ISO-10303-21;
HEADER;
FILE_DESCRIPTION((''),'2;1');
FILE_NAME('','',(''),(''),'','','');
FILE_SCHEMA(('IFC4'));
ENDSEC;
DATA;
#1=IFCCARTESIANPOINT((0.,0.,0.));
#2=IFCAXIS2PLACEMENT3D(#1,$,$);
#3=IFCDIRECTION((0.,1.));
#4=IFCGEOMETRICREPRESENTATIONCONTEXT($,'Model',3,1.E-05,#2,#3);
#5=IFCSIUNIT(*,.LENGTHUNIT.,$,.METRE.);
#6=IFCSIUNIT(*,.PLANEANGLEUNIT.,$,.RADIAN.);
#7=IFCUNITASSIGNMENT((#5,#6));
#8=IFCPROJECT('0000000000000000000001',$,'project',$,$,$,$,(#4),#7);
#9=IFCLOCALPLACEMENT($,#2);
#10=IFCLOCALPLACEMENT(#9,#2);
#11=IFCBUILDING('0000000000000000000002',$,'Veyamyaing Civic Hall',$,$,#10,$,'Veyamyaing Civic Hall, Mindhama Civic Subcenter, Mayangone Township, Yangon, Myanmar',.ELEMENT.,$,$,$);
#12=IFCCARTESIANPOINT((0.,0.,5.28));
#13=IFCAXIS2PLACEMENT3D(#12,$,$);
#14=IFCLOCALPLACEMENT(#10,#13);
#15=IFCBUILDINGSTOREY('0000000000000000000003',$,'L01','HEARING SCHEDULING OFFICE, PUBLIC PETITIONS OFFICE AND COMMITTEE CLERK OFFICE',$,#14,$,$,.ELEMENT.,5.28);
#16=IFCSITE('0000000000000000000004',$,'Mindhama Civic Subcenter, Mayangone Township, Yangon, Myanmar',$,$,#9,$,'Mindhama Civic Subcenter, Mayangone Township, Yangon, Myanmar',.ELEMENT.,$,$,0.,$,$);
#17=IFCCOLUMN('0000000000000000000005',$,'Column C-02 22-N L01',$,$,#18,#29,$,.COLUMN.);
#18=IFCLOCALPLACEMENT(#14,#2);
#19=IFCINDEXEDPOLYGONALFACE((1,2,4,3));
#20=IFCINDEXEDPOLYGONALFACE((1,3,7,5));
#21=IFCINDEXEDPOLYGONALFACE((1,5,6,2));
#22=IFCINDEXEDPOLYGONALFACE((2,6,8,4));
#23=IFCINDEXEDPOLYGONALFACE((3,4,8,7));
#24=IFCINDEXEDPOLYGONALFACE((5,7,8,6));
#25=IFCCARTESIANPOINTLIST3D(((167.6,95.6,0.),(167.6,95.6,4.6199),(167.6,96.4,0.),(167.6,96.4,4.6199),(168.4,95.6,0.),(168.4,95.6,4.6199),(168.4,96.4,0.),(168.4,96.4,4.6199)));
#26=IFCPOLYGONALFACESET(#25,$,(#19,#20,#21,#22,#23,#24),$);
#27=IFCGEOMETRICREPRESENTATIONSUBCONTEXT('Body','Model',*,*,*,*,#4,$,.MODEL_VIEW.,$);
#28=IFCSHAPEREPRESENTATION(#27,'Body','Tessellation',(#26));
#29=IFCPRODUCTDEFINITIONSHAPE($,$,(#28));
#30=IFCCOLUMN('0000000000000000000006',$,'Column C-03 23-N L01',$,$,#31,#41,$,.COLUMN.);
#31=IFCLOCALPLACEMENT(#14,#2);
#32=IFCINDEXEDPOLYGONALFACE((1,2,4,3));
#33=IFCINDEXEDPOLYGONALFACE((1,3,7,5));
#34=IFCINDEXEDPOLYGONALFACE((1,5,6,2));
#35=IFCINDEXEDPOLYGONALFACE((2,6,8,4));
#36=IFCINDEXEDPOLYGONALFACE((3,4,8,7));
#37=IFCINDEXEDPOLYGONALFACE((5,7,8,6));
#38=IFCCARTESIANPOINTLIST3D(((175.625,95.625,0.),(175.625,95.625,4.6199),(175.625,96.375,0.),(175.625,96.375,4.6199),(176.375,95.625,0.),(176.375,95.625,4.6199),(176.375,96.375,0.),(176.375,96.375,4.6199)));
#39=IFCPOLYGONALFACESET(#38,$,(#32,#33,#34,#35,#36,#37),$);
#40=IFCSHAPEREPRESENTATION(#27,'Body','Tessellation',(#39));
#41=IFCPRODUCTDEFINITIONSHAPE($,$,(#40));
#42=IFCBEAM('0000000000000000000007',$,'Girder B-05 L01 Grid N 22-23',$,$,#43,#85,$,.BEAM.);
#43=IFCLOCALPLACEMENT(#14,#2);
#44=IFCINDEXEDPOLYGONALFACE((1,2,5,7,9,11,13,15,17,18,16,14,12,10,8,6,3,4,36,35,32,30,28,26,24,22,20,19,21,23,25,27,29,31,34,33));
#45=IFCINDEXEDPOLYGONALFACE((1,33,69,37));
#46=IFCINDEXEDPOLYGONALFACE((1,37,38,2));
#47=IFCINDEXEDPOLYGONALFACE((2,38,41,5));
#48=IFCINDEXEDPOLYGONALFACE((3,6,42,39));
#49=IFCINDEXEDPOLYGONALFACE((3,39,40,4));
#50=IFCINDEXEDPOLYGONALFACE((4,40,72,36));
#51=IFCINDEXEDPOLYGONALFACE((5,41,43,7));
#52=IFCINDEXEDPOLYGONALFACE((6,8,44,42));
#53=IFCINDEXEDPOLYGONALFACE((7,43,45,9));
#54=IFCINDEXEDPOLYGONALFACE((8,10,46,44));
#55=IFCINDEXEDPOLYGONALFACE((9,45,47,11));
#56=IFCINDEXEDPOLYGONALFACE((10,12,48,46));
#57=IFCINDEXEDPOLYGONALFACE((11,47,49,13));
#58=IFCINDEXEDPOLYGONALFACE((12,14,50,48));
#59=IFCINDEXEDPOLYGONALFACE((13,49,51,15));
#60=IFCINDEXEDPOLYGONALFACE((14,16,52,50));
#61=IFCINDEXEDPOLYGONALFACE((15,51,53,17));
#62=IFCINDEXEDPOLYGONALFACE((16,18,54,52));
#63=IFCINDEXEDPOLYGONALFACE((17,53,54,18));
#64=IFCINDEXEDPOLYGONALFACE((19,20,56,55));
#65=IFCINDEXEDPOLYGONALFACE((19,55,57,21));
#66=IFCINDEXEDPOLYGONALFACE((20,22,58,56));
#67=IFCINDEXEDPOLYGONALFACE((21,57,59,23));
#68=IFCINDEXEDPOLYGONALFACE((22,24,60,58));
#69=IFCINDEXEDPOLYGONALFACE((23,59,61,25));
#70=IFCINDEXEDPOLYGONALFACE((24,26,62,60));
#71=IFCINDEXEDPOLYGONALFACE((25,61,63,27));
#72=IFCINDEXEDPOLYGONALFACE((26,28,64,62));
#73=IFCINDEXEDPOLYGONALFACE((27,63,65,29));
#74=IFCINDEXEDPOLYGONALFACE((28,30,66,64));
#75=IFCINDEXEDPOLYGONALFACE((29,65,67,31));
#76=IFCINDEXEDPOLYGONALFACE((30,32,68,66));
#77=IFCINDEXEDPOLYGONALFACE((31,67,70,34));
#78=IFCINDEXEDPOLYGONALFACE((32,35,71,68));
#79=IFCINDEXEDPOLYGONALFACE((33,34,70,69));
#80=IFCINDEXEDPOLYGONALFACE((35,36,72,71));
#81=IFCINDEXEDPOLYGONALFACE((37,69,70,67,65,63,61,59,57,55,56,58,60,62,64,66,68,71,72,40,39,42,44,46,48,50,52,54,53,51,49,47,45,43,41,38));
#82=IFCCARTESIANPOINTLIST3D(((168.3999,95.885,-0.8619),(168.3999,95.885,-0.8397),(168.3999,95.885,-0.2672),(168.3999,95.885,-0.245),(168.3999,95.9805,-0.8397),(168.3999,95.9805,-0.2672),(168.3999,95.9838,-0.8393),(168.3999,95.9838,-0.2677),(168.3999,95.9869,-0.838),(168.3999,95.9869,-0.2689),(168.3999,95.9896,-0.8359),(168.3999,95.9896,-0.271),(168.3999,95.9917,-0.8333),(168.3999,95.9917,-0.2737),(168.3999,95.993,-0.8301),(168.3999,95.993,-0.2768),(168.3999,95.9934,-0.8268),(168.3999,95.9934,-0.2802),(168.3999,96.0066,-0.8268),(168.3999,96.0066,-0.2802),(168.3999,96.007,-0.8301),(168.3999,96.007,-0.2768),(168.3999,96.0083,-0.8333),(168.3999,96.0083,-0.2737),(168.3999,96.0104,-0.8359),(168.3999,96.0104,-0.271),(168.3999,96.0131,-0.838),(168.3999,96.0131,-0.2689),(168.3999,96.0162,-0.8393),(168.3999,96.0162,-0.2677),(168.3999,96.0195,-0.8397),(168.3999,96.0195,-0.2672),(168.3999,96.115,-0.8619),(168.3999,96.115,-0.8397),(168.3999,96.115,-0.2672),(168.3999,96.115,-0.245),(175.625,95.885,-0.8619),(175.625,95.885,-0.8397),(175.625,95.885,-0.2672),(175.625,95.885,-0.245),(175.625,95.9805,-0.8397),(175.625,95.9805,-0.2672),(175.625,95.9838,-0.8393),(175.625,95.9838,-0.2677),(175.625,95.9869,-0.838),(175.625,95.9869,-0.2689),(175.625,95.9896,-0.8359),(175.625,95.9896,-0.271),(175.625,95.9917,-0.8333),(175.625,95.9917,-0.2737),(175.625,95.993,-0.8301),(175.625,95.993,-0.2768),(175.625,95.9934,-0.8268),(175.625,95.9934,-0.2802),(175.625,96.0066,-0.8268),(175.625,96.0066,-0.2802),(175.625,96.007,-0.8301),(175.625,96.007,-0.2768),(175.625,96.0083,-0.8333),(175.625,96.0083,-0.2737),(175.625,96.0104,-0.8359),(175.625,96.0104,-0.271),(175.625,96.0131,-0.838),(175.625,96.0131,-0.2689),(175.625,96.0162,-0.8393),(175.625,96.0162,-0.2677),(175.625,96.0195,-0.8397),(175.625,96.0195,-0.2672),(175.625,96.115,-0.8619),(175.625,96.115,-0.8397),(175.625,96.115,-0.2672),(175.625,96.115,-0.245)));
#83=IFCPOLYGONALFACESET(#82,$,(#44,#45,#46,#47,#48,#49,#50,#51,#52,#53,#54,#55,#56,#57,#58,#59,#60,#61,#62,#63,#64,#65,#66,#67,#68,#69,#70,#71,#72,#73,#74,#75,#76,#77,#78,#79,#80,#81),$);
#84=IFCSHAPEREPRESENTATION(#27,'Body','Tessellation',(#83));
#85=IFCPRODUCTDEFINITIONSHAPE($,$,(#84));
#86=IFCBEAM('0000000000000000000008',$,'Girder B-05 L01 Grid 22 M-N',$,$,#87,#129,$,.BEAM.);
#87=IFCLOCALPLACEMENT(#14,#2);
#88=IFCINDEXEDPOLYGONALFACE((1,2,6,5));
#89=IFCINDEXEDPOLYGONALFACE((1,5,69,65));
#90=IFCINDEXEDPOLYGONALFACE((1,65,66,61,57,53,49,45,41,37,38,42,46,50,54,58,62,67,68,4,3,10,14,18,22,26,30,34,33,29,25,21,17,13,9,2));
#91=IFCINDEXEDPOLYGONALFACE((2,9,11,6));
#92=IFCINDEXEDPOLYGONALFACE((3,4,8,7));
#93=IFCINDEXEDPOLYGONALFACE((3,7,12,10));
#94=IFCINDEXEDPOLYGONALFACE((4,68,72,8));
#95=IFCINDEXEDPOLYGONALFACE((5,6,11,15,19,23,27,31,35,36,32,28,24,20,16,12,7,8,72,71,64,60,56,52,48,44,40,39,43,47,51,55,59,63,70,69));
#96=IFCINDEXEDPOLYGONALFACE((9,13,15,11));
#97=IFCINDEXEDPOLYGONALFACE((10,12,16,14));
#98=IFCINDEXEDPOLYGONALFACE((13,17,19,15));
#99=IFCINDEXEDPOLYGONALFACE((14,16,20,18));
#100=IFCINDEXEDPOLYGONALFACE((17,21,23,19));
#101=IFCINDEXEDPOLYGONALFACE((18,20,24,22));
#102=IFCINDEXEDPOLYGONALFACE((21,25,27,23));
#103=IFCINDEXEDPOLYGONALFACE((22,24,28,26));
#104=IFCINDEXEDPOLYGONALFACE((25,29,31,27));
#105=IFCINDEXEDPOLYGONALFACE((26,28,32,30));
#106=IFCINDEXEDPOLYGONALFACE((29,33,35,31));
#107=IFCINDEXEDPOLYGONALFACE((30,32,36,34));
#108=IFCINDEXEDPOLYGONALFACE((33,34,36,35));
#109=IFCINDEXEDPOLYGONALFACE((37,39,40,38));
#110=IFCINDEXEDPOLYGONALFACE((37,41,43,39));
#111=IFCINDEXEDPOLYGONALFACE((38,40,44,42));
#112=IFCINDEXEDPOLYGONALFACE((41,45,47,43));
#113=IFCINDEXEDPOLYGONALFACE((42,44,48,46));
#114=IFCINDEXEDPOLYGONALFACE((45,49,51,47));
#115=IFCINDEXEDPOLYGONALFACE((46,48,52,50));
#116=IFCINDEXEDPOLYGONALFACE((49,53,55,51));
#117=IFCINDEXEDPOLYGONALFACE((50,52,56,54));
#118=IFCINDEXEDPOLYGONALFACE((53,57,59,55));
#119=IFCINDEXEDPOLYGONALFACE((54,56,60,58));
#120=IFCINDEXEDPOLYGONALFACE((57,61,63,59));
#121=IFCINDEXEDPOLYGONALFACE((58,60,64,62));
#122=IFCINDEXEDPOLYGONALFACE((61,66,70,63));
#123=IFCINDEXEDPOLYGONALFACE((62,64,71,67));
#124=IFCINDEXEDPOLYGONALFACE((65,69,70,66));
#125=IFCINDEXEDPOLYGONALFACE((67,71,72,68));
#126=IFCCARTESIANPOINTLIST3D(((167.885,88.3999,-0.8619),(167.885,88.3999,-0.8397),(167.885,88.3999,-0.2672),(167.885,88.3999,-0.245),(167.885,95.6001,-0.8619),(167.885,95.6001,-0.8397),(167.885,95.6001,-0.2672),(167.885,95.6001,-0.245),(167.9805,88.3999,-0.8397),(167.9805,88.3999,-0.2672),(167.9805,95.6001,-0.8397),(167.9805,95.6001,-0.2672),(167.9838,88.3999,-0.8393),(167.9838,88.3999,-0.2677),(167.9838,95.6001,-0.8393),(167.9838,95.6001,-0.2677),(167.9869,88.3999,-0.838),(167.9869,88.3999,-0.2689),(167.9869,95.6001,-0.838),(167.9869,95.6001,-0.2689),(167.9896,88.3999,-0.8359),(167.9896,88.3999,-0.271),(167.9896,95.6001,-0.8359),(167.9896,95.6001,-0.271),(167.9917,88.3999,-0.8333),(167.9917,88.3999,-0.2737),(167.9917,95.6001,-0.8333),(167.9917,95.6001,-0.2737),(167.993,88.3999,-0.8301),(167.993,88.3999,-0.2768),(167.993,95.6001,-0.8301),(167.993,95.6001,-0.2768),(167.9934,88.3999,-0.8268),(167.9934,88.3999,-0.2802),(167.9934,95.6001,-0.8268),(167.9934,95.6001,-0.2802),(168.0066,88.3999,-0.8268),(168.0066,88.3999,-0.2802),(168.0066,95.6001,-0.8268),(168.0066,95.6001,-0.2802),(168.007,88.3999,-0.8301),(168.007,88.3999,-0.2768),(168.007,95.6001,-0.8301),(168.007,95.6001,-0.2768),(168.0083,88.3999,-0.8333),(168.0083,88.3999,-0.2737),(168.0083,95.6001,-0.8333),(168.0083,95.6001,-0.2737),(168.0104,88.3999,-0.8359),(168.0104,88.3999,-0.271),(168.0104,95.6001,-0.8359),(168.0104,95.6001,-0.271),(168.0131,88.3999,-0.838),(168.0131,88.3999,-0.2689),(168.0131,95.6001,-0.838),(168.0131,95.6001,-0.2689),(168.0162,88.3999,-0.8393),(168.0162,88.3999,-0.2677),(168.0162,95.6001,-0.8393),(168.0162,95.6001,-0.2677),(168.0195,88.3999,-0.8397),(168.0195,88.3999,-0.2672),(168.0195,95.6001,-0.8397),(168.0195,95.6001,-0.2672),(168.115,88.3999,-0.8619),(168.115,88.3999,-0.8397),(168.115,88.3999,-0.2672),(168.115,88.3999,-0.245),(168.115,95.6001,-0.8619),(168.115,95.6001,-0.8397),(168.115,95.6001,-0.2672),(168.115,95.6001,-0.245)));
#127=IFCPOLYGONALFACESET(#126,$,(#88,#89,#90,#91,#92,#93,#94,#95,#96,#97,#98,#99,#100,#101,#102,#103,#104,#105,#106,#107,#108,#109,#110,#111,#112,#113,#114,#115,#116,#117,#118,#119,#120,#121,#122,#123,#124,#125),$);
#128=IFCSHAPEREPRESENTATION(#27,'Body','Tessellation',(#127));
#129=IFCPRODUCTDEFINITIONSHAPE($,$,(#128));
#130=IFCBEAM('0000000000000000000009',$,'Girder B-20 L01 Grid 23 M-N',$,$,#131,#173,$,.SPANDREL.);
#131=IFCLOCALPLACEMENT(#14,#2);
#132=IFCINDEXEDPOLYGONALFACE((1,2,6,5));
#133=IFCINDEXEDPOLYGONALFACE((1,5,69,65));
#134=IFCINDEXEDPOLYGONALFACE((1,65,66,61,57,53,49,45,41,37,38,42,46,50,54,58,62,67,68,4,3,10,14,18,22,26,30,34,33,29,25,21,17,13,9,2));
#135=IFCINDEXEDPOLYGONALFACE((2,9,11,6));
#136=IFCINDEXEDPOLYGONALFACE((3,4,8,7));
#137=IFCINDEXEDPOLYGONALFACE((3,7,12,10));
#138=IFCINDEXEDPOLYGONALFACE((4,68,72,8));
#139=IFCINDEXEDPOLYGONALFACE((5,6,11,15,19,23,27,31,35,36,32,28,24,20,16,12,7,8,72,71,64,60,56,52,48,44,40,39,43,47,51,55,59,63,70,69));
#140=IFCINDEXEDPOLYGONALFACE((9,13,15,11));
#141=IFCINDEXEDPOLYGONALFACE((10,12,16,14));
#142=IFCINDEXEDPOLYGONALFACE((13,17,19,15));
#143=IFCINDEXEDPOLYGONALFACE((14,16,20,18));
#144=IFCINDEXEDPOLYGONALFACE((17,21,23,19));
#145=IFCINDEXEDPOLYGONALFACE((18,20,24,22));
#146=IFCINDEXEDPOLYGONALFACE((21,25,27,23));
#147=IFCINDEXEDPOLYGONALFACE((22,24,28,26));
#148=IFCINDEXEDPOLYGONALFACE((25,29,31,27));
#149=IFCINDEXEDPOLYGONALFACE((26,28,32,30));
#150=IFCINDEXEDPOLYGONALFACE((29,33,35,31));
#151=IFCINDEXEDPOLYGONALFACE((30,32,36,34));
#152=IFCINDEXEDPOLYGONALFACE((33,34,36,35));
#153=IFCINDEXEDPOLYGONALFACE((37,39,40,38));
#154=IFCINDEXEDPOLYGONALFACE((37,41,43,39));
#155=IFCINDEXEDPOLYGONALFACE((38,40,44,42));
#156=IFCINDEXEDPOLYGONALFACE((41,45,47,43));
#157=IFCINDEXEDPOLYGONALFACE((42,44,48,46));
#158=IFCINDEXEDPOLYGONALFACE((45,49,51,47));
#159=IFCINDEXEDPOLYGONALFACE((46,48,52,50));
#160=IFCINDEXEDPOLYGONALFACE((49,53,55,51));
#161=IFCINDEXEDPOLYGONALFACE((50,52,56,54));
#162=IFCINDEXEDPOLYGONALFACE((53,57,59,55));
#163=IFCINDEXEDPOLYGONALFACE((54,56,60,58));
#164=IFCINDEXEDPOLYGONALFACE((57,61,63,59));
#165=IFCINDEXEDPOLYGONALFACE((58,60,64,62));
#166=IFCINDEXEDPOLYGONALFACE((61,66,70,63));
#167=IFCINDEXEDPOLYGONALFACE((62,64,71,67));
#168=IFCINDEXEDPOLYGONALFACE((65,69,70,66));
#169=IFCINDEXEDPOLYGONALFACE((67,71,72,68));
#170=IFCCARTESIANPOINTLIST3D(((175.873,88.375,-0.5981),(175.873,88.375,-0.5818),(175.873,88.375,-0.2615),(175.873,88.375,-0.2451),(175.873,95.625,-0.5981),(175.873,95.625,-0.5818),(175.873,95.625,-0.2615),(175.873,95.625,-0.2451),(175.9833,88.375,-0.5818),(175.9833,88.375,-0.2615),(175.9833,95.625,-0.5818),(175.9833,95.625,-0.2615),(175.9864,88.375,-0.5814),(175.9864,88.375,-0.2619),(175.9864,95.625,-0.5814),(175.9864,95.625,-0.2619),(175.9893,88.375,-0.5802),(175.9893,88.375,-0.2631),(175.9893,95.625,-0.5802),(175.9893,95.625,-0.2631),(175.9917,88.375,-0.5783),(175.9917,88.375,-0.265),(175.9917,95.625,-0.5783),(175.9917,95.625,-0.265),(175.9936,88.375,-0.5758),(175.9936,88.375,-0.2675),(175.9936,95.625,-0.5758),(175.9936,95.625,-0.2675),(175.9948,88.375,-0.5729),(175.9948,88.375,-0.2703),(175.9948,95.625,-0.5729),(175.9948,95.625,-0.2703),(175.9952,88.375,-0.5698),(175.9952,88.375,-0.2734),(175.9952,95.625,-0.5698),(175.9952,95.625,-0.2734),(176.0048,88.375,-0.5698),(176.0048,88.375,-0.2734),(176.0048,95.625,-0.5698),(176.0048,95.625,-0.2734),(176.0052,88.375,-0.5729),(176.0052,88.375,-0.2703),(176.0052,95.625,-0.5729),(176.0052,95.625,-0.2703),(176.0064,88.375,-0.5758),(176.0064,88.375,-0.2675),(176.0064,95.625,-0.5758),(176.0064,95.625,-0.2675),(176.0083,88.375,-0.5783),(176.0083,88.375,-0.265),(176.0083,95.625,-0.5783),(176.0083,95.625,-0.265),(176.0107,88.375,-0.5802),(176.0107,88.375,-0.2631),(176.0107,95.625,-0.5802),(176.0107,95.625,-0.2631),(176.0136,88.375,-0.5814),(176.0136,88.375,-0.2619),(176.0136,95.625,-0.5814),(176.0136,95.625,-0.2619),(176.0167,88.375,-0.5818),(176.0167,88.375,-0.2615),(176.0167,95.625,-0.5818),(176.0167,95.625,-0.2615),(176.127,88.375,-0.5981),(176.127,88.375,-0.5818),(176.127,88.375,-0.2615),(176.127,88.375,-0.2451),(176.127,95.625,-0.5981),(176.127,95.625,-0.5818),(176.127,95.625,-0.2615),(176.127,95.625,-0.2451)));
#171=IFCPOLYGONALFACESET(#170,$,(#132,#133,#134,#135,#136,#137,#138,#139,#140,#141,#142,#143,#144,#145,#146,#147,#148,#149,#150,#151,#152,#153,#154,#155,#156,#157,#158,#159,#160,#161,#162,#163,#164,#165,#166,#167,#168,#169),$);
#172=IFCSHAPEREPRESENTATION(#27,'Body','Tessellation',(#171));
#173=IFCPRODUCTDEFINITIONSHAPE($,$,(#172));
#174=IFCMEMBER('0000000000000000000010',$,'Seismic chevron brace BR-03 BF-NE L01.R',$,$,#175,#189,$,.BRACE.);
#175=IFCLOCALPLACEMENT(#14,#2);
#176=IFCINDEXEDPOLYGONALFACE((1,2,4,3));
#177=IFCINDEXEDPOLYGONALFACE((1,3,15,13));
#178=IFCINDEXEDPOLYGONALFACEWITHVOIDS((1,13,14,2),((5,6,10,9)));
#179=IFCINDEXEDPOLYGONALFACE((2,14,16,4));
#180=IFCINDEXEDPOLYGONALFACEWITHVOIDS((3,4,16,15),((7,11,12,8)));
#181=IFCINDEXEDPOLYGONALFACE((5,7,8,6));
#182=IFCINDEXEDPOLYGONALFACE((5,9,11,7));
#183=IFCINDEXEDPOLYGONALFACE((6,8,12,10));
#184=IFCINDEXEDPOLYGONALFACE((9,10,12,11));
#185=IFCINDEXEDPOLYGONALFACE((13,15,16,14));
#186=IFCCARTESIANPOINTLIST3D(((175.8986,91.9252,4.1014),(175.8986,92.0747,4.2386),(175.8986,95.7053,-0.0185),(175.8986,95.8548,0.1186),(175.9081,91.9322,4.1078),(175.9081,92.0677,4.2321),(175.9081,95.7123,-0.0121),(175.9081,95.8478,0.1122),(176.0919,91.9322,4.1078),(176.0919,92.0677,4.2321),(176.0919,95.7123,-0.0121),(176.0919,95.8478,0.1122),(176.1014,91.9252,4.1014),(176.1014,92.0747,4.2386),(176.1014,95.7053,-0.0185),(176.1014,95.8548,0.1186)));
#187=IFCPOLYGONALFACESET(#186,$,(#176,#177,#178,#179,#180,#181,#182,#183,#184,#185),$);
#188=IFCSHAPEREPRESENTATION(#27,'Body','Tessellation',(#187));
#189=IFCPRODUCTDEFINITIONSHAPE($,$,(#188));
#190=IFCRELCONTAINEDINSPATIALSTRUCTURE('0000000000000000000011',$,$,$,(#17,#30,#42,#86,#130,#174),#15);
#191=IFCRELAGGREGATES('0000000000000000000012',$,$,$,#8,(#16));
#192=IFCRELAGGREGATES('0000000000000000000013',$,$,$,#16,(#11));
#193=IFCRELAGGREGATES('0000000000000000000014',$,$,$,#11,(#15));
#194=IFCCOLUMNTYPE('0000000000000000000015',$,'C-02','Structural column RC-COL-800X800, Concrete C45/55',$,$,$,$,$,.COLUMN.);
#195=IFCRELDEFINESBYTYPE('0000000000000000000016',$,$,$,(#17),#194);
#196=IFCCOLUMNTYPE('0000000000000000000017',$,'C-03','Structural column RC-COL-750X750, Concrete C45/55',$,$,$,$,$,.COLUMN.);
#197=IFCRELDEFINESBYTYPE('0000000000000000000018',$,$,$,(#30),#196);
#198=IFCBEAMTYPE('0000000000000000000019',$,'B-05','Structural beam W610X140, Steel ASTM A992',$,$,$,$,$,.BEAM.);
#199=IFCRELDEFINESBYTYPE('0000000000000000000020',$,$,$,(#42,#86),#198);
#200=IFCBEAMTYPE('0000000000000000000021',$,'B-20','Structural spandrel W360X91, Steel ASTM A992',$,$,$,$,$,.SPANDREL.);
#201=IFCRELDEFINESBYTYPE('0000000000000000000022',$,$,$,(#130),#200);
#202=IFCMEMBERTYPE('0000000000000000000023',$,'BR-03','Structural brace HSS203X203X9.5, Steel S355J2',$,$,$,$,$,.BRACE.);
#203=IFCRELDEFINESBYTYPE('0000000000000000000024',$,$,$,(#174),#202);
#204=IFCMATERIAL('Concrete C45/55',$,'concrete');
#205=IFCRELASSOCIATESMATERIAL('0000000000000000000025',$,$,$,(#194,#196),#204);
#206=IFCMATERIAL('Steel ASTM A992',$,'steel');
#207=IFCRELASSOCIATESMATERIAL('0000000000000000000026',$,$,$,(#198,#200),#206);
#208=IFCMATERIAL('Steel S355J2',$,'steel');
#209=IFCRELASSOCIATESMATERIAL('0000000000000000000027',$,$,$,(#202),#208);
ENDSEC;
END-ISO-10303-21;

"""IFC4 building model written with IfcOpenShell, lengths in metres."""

from ifc_helpers import new_model, si_unit, direction, frame, origin, origin_2d, place, context, subcontext, project, spatial, rectangle, hollow_rectangle, i_section, extrude, material, material_profile, profile_set, type_object, element, save


model = new_model("IFC4")

# Units and contexts
model_context = context("Model", 3, precision=1e-05, world=origin(), true_north=direction((0.0, 1.0)))
body_context = subcontext(model_context, "Body", "Model", "MODEL_VIEW")
ifc_project = project(units=[si_unit("LENGTHUNIT", "METRE"), si_unit("PLANEANGLEUNIT", "RADIAN")], contexts=[model_context])

# Site, building, storey
site_placement = place(None, origin())
site = spatial("IfcSite", under=ifc_project, at=site_placement, Name="Mindhama Civic Subcenter, Mayangone Township, Yangon, Myanmar", LongName="Mindhama Civic Subcenter, Mayangone Township, Yangon, Myanmar", CompositionType="ELEMENT", RefElevation=0.0)
building_placement = place(site_placement, origin())
building = spatial("IfcBuilding", under=site, at=building_placement, Name="Veyamyaing Civic Hall", LongName="Veyamyaing Civic Hall, Mindhama Civic Subcenter, Mayangone Township, Yangon, Myanmar", CompositionType="ELEMENT")
storey_placement = place(building_placement, frame((0.0, 0.0, 5.28)))
storey = spatial("IfcBuildingStorey", under=building, at=storey_placement, Name="L01", Description="HEARING SCHEDULING OFFICE, PUBLIC PETITIONS OFFICE AND COMMITTEE CLERK OFFICE", CompositionType="ELEMENT", Elevation=5.28)

# Columns
ifc_material_1 = material(Name="Concrete C45/55", Category="concrete")
ifc_material_profile_1 = material_profile(ifc_material_1, rectangle(XDim=0.8, YDim=0.8, at=origin_2d()), Name="RC-COL-800X800")
ifc_profile_set_1 = profile_set([ifc_material_profile_1], Name="Concrete C45/55")
column_type_1 = type_object("IfcColumnType", Name="C-02", Description="Structural column RC-COL-800X800, Concrete C45/55", PredefinedType="COLUMN", material=ifc_profile_set_1)
column_1_placement = place(storey_placement, frame((168.0, 96.0, 0.0), z_axis=(0.0, 0.0, 1.0), x_axis=(1.0, 0.0, 0.0)))
element("IfcColumn", 1, at=column_1_placement, inside=storey, type_object=column_type_1, Name="Column C-02 22-N L01", PredefinedType="COLUMN", context=body_context, shape_type="SweptSolid", body=[
    extrude(rectangle(XDim=0.8, YDim=0.8, at=origin_2d()), origin(), (0.0, 0.0, 1.0), 4.6199),
])
ifc_material_profile_2 = material_profile(ifc_material_1, rectangle(XDim=0.75, YDim=0.75, at=origin_2d()), Name="RC-COL-750X750")
ifc_profile_set_2 = profile_set([ifc_material_profile_2], Name="Concrete C45/55")
column_type_2 = type_object("IfcColumnType", Name="C-03", Description="Structural column RC-COL-750X750, Concrete C45/55", PredefinedType="COLUMN", material=ifc_profile_set_2)
column_2_placement = place(storey_placement, frame((176.0, 96.0, 0.0), z_axis=(0.0, 0.0, 1.0), x_axis=(1.0, 0.0, 0.0)))
element("IfcColumn", 2, at=column_2_placement, inside=storey, type_object=column_type_2, Name="Column C-03 23-N L01", PredefinedType="COLUMN", context=body_context, shape_type="SweptSolid", body=[
    extrude(rectangle(XDim=0.75, YDim=0.75, at=origin_2d()), origin(), (0.0, 0.0, 1.0), 4.6199),
])

# Beams
ifc_material_2 = material(Name="Steel ASTM A992", Category="steel")
ifc_material_profile_3 = material_profile(ifc_material_2, i_section(OverallWidth=0.23, OverallDepth=0.6169, WebThickness=0.0132, FlangeThickness=0.0222, FilletRadius=0.0129, at=origin_2d()), Name="W610X140")
ifc_profile_set_3 = profile_set([ifc_material_profile_3], Name="Steel ASTM A992")
beam_type_1 = type_object("IfcBeamType", Name="B-05", Description="Structural beam W610X140, Steel ASTM A992", PredefinedType="BEAM", material=ifc_profile_set_3)
beam_1_placement = place(storey_placement, frame((168.3999, 96.0, -0.5535), z_axis=(1.0, 0.0, 0.0), x_axis=(0.0, 1.0, 0.0)))
element("IfcBeam", 3, at=beam_1_placement, inside=storey, type_object=beam_type_1, Name="Girder B-05 L01 Grid N 22-23", PredefinedType="BEAM", context=body_context, shape_type="SweptSolid", body=[
    extrude(i_section(OverallWidth=0.23, OverallDepth=0.6169, WebThickness=0.0132, FlangeThickness=0.0222, FilletRadius=0.0129, at=origin_2d()), origin(), (0.0, 0.0, 1.0), 7.2251),
])
beam_2_placement = place(storey_placement, frame((168.0, 88.3999, -0.5535), z_axis=(0.0, 1.0, 0.0), x_axis=(-1.0, 0.0, 0.0)))
element("IfcBeam", 4, at=beam_2_placement, inside=storey, type_object=beam_type_1, Name="Girder B-05 L01 Grid 22 M-N", PredefinedType="BEAM", context=body_context, shape_type="SweptSolid", body=[
    extrude(i_section(OverallWidth=0.23, OverallDepth=0.6169, WebThickness=0.0132, FlangeThickness=0.0222, FilletRadius=0.0129, at=origin_2d()), origin(), (0.0, 0.0, 1.0), 7.2002),
])
ifc_material_profile_4 = material_profile(ifc_material_2, i_section(OverallWidth=0.2539, OverallDepth=0.353, WebThickness=0.0095, FlangeThickness=0.0164, FilletRadius=0.012, at=origin_2d()), Name="W360X91")
ifc_profile_set_4 = profile_set([ifc_material_profile_4], Name="Steel ASTM A992")
beam_type_2 = type_object("IfcBeamType", Name="B-20", Description="Structural spandrel W360X91, Steel ASTM A992", PredefinedType="SPANDREL", material=ifc_profile_set_4)
beam_3_placement = place(storey_placement, frame((176.0, 88.375, -0.4216), z_axis=(0.0, 1.0, 0.0), x_axis=(-1.0, 0.0, 0.0)))
element("IfcBeam", 5, at=beam_3_placement, inside=storey, type_object=beam_type_2, Name="Girder B-20 L01 Grid 23 M-N", PredefinedType="SPANDREL", context=body_context, shape_type="SweptSolid", body=[
    extrude(i_section(OverallWidth=0.2539, OverallDepth=0.353, WebThickness=0.0095, FlangeThickness=0.0164, FilletRadius=0.012, at=origin_2d()), origin(), (0.0, 0.0, 1.0), 7.25),
])

# Member
ifc_material_3 = material(Name="Steel S355J2", Category="steel")
ifc_material_profile_5 = material_profile(ifc_material_3, hollow_rectangle(XDim=0.2029, YDim=0.2029, WallThickness=0.0095, at=origin_2d()), Name="HSS203X203X9.5")
ifc_profile_set_5 = profile_set([ifc_material_profile_5], Name="Steel S355J2")
member_type = type_object("IfcMemberType", Name="BR-03", Description="Structural brace HSS203X203X9.5, Steel S355J2", PredefinedType="BRACE", material=ifc_profile_set_5)
member_placement = place(storey_placement, frame((176.0, 95.78, 0.05), z_axis=(0.0, -0.676063, 0.736844), x_axis=(1.0, 0.0, 0.0)))
element("IfcMember", 6, at=member_placement, inside=storey, type_object=member_type, Name="Seismic chevron brace BR-03 BF-NE L01.R", PredefinedType="BRACE", context=body_context, shape_type="SweptSolid", body=[
    extrude(hollow_rectangle(XDim=0.2029, YDim=0.2029, WallThickness=0.0095, at=origin_2d()), origin(), (0.0, 0.0, 1.0), 5.5913),
])

save(model, "model.ifc")
